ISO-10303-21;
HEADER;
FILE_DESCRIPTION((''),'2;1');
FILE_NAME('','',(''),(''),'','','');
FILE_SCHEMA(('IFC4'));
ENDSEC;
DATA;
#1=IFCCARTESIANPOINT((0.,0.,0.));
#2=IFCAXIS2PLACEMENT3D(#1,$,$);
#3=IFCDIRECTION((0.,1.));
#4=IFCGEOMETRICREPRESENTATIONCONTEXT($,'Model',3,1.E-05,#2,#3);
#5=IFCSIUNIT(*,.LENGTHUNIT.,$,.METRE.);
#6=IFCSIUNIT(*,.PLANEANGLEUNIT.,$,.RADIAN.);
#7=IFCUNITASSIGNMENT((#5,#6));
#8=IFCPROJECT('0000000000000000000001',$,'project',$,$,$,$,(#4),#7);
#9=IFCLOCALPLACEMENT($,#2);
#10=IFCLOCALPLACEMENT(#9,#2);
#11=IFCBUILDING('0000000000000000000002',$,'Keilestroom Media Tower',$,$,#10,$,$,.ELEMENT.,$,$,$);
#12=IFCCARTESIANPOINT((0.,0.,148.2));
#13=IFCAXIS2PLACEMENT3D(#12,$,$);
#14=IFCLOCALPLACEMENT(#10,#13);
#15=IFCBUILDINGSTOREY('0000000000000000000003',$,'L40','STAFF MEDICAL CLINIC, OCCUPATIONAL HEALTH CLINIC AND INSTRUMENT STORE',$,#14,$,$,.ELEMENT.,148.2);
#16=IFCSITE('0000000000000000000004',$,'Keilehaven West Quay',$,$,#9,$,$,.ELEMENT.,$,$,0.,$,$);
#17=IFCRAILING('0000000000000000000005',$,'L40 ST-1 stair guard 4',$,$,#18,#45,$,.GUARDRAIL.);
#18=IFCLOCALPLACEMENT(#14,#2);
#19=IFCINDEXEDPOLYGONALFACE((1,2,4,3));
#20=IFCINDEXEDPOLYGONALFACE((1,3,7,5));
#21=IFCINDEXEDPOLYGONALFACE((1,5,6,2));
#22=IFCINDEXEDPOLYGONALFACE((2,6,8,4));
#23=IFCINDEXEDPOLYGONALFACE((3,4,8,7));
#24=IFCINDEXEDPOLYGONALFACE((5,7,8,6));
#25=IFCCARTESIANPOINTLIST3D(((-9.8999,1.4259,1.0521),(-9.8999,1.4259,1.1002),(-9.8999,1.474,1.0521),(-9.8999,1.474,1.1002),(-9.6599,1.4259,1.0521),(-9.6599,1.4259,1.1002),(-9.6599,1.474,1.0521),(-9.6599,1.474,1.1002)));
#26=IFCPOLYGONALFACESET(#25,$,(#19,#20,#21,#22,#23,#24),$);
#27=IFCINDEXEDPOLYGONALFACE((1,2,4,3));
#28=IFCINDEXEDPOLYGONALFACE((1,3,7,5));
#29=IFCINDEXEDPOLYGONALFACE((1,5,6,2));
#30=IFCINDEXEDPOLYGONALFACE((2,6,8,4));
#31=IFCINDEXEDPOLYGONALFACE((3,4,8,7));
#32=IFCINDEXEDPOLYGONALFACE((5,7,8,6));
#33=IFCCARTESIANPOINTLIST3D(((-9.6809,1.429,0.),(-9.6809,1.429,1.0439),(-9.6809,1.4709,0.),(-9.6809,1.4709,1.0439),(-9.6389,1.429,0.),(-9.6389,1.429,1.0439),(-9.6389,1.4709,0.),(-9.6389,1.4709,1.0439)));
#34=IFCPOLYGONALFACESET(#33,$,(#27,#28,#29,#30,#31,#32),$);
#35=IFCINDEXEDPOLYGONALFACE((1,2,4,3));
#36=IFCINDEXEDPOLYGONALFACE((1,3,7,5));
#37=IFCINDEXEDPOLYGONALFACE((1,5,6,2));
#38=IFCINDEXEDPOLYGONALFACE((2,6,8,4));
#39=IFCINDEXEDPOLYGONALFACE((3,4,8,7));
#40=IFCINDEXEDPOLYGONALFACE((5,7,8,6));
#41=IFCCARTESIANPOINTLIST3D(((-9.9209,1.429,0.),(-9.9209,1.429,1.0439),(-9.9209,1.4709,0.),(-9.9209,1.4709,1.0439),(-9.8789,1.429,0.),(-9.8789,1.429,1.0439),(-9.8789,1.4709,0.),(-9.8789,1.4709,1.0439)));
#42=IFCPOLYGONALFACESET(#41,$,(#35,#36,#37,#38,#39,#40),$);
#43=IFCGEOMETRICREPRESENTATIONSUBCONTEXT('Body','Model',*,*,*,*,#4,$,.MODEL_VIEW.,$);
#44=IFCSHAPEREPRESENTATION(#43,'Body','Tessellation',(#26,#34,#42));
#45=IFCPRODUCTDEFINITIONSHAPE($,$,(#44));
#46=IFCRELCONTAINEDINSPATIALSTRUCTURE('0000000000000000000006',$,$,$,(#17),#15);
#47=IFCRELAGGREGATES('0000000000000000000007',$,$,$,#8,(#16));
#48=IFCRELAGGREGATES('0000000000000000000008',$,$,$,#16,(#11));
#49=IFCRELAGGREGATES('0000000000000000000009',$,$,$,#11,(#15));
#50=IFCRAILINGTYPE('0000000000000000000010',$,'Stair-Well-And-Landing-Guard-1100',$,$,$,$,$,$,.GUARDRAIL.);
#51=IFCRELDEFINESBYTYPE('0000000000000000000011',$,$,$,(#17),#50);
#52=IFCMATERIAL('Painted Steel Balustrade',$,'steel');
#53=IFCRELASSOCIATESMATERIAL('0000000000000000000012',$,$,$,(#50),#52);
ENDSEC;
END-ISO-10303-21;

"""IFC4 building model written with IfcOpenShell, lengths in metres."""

from ifc_helpers import new_model, si_unit, direction, frame, origin, origin_2d, place, context, subcontext, project, spatial, rectangle, extrude, material, type_object, element, save


model = new_model("IFC4")

# Units and contexts
model_context = context("Model", 3, precision=1e-05, world=origin(), true_north=direction((0.0, 1.0)))
body_context = subcontext(model_context, "Body", "Model", "MODEL_VIEW")
ifc_project = project(units=[si_unit("LENGTHUNIT", "METRE"), si_unit("PLANEANGLEUNIT", "RADIAN")], contexts=[model_context])

# Site, building, storey
site_placement = place(None, origin())
site = spatial("IfcSite", under=ifc_project, at=site_placement, Name="Keilehaven West Quay", CompositionType="ELEMENT", RefElevation=0.0)
building_placement = place(site_placement, origin())
building = spatial("IfcBuilding", under=site, at=building_placement, Name="Keilestroom Media Tower", CompositionType="ELEMENT")
storey_placement = place(building_placement, frame((0.0, 0.0, 148.2)))
storey = spatial("IfcBuildingStorey", under=building, at=storey_placement, Name="L40", Description="STAFF MEDICAL CLINIC, OCCUPATIONAL HEALTH CLINIC AND INSTRUMENT STORE", CompositionType="ELEMENT", Elevation=148.2)

# Railing
ifc_material_1 = material(Name="Painted Steel Balustrade", Category="steel")
railing_type_1 = type_object("IfcRailingType", Name="Stair-Well-And-Landing-Guard-1100", PredefinedType="GUARDRAIL", material=ifc_material_1)
railing_1_placement = place(storey_placement, frame((-9.6599, 1.45, 0.0)))
element("IfcRailing", 1, at=railing_1_placement, inside=storey, type_object=railing_type_1, Name="L40 ST-1 stair guard 4", PredefinedType="GUARDRAIL", context=body_context, shape_type="SweptSolid", body=[
    extrude(rectangle(XDim=0.0481, YDim=0.0481, at=origin_2d()), frame((0.0, 0.0, 1.0762), z_axis=(-1.0, 0.0, 0.0), x_axis=(0.0, -1.0, 0.0)), (0.0, 0.0, 1.0), 0.24),
    extrude(rectangle(XDim=0.042, YDim=0.042, at=origin_2d()), origin(), (0.0, 0.0, 1.0), 1.0439),
    extrude(rectangle(XDim=0.042, YDim=0.042, at=origin_2d()), frame((-0.24, 0.0, 0.0)), (0.0, 0.0, 1.0), 1.0439),
])

save(model, "model.ifc")
